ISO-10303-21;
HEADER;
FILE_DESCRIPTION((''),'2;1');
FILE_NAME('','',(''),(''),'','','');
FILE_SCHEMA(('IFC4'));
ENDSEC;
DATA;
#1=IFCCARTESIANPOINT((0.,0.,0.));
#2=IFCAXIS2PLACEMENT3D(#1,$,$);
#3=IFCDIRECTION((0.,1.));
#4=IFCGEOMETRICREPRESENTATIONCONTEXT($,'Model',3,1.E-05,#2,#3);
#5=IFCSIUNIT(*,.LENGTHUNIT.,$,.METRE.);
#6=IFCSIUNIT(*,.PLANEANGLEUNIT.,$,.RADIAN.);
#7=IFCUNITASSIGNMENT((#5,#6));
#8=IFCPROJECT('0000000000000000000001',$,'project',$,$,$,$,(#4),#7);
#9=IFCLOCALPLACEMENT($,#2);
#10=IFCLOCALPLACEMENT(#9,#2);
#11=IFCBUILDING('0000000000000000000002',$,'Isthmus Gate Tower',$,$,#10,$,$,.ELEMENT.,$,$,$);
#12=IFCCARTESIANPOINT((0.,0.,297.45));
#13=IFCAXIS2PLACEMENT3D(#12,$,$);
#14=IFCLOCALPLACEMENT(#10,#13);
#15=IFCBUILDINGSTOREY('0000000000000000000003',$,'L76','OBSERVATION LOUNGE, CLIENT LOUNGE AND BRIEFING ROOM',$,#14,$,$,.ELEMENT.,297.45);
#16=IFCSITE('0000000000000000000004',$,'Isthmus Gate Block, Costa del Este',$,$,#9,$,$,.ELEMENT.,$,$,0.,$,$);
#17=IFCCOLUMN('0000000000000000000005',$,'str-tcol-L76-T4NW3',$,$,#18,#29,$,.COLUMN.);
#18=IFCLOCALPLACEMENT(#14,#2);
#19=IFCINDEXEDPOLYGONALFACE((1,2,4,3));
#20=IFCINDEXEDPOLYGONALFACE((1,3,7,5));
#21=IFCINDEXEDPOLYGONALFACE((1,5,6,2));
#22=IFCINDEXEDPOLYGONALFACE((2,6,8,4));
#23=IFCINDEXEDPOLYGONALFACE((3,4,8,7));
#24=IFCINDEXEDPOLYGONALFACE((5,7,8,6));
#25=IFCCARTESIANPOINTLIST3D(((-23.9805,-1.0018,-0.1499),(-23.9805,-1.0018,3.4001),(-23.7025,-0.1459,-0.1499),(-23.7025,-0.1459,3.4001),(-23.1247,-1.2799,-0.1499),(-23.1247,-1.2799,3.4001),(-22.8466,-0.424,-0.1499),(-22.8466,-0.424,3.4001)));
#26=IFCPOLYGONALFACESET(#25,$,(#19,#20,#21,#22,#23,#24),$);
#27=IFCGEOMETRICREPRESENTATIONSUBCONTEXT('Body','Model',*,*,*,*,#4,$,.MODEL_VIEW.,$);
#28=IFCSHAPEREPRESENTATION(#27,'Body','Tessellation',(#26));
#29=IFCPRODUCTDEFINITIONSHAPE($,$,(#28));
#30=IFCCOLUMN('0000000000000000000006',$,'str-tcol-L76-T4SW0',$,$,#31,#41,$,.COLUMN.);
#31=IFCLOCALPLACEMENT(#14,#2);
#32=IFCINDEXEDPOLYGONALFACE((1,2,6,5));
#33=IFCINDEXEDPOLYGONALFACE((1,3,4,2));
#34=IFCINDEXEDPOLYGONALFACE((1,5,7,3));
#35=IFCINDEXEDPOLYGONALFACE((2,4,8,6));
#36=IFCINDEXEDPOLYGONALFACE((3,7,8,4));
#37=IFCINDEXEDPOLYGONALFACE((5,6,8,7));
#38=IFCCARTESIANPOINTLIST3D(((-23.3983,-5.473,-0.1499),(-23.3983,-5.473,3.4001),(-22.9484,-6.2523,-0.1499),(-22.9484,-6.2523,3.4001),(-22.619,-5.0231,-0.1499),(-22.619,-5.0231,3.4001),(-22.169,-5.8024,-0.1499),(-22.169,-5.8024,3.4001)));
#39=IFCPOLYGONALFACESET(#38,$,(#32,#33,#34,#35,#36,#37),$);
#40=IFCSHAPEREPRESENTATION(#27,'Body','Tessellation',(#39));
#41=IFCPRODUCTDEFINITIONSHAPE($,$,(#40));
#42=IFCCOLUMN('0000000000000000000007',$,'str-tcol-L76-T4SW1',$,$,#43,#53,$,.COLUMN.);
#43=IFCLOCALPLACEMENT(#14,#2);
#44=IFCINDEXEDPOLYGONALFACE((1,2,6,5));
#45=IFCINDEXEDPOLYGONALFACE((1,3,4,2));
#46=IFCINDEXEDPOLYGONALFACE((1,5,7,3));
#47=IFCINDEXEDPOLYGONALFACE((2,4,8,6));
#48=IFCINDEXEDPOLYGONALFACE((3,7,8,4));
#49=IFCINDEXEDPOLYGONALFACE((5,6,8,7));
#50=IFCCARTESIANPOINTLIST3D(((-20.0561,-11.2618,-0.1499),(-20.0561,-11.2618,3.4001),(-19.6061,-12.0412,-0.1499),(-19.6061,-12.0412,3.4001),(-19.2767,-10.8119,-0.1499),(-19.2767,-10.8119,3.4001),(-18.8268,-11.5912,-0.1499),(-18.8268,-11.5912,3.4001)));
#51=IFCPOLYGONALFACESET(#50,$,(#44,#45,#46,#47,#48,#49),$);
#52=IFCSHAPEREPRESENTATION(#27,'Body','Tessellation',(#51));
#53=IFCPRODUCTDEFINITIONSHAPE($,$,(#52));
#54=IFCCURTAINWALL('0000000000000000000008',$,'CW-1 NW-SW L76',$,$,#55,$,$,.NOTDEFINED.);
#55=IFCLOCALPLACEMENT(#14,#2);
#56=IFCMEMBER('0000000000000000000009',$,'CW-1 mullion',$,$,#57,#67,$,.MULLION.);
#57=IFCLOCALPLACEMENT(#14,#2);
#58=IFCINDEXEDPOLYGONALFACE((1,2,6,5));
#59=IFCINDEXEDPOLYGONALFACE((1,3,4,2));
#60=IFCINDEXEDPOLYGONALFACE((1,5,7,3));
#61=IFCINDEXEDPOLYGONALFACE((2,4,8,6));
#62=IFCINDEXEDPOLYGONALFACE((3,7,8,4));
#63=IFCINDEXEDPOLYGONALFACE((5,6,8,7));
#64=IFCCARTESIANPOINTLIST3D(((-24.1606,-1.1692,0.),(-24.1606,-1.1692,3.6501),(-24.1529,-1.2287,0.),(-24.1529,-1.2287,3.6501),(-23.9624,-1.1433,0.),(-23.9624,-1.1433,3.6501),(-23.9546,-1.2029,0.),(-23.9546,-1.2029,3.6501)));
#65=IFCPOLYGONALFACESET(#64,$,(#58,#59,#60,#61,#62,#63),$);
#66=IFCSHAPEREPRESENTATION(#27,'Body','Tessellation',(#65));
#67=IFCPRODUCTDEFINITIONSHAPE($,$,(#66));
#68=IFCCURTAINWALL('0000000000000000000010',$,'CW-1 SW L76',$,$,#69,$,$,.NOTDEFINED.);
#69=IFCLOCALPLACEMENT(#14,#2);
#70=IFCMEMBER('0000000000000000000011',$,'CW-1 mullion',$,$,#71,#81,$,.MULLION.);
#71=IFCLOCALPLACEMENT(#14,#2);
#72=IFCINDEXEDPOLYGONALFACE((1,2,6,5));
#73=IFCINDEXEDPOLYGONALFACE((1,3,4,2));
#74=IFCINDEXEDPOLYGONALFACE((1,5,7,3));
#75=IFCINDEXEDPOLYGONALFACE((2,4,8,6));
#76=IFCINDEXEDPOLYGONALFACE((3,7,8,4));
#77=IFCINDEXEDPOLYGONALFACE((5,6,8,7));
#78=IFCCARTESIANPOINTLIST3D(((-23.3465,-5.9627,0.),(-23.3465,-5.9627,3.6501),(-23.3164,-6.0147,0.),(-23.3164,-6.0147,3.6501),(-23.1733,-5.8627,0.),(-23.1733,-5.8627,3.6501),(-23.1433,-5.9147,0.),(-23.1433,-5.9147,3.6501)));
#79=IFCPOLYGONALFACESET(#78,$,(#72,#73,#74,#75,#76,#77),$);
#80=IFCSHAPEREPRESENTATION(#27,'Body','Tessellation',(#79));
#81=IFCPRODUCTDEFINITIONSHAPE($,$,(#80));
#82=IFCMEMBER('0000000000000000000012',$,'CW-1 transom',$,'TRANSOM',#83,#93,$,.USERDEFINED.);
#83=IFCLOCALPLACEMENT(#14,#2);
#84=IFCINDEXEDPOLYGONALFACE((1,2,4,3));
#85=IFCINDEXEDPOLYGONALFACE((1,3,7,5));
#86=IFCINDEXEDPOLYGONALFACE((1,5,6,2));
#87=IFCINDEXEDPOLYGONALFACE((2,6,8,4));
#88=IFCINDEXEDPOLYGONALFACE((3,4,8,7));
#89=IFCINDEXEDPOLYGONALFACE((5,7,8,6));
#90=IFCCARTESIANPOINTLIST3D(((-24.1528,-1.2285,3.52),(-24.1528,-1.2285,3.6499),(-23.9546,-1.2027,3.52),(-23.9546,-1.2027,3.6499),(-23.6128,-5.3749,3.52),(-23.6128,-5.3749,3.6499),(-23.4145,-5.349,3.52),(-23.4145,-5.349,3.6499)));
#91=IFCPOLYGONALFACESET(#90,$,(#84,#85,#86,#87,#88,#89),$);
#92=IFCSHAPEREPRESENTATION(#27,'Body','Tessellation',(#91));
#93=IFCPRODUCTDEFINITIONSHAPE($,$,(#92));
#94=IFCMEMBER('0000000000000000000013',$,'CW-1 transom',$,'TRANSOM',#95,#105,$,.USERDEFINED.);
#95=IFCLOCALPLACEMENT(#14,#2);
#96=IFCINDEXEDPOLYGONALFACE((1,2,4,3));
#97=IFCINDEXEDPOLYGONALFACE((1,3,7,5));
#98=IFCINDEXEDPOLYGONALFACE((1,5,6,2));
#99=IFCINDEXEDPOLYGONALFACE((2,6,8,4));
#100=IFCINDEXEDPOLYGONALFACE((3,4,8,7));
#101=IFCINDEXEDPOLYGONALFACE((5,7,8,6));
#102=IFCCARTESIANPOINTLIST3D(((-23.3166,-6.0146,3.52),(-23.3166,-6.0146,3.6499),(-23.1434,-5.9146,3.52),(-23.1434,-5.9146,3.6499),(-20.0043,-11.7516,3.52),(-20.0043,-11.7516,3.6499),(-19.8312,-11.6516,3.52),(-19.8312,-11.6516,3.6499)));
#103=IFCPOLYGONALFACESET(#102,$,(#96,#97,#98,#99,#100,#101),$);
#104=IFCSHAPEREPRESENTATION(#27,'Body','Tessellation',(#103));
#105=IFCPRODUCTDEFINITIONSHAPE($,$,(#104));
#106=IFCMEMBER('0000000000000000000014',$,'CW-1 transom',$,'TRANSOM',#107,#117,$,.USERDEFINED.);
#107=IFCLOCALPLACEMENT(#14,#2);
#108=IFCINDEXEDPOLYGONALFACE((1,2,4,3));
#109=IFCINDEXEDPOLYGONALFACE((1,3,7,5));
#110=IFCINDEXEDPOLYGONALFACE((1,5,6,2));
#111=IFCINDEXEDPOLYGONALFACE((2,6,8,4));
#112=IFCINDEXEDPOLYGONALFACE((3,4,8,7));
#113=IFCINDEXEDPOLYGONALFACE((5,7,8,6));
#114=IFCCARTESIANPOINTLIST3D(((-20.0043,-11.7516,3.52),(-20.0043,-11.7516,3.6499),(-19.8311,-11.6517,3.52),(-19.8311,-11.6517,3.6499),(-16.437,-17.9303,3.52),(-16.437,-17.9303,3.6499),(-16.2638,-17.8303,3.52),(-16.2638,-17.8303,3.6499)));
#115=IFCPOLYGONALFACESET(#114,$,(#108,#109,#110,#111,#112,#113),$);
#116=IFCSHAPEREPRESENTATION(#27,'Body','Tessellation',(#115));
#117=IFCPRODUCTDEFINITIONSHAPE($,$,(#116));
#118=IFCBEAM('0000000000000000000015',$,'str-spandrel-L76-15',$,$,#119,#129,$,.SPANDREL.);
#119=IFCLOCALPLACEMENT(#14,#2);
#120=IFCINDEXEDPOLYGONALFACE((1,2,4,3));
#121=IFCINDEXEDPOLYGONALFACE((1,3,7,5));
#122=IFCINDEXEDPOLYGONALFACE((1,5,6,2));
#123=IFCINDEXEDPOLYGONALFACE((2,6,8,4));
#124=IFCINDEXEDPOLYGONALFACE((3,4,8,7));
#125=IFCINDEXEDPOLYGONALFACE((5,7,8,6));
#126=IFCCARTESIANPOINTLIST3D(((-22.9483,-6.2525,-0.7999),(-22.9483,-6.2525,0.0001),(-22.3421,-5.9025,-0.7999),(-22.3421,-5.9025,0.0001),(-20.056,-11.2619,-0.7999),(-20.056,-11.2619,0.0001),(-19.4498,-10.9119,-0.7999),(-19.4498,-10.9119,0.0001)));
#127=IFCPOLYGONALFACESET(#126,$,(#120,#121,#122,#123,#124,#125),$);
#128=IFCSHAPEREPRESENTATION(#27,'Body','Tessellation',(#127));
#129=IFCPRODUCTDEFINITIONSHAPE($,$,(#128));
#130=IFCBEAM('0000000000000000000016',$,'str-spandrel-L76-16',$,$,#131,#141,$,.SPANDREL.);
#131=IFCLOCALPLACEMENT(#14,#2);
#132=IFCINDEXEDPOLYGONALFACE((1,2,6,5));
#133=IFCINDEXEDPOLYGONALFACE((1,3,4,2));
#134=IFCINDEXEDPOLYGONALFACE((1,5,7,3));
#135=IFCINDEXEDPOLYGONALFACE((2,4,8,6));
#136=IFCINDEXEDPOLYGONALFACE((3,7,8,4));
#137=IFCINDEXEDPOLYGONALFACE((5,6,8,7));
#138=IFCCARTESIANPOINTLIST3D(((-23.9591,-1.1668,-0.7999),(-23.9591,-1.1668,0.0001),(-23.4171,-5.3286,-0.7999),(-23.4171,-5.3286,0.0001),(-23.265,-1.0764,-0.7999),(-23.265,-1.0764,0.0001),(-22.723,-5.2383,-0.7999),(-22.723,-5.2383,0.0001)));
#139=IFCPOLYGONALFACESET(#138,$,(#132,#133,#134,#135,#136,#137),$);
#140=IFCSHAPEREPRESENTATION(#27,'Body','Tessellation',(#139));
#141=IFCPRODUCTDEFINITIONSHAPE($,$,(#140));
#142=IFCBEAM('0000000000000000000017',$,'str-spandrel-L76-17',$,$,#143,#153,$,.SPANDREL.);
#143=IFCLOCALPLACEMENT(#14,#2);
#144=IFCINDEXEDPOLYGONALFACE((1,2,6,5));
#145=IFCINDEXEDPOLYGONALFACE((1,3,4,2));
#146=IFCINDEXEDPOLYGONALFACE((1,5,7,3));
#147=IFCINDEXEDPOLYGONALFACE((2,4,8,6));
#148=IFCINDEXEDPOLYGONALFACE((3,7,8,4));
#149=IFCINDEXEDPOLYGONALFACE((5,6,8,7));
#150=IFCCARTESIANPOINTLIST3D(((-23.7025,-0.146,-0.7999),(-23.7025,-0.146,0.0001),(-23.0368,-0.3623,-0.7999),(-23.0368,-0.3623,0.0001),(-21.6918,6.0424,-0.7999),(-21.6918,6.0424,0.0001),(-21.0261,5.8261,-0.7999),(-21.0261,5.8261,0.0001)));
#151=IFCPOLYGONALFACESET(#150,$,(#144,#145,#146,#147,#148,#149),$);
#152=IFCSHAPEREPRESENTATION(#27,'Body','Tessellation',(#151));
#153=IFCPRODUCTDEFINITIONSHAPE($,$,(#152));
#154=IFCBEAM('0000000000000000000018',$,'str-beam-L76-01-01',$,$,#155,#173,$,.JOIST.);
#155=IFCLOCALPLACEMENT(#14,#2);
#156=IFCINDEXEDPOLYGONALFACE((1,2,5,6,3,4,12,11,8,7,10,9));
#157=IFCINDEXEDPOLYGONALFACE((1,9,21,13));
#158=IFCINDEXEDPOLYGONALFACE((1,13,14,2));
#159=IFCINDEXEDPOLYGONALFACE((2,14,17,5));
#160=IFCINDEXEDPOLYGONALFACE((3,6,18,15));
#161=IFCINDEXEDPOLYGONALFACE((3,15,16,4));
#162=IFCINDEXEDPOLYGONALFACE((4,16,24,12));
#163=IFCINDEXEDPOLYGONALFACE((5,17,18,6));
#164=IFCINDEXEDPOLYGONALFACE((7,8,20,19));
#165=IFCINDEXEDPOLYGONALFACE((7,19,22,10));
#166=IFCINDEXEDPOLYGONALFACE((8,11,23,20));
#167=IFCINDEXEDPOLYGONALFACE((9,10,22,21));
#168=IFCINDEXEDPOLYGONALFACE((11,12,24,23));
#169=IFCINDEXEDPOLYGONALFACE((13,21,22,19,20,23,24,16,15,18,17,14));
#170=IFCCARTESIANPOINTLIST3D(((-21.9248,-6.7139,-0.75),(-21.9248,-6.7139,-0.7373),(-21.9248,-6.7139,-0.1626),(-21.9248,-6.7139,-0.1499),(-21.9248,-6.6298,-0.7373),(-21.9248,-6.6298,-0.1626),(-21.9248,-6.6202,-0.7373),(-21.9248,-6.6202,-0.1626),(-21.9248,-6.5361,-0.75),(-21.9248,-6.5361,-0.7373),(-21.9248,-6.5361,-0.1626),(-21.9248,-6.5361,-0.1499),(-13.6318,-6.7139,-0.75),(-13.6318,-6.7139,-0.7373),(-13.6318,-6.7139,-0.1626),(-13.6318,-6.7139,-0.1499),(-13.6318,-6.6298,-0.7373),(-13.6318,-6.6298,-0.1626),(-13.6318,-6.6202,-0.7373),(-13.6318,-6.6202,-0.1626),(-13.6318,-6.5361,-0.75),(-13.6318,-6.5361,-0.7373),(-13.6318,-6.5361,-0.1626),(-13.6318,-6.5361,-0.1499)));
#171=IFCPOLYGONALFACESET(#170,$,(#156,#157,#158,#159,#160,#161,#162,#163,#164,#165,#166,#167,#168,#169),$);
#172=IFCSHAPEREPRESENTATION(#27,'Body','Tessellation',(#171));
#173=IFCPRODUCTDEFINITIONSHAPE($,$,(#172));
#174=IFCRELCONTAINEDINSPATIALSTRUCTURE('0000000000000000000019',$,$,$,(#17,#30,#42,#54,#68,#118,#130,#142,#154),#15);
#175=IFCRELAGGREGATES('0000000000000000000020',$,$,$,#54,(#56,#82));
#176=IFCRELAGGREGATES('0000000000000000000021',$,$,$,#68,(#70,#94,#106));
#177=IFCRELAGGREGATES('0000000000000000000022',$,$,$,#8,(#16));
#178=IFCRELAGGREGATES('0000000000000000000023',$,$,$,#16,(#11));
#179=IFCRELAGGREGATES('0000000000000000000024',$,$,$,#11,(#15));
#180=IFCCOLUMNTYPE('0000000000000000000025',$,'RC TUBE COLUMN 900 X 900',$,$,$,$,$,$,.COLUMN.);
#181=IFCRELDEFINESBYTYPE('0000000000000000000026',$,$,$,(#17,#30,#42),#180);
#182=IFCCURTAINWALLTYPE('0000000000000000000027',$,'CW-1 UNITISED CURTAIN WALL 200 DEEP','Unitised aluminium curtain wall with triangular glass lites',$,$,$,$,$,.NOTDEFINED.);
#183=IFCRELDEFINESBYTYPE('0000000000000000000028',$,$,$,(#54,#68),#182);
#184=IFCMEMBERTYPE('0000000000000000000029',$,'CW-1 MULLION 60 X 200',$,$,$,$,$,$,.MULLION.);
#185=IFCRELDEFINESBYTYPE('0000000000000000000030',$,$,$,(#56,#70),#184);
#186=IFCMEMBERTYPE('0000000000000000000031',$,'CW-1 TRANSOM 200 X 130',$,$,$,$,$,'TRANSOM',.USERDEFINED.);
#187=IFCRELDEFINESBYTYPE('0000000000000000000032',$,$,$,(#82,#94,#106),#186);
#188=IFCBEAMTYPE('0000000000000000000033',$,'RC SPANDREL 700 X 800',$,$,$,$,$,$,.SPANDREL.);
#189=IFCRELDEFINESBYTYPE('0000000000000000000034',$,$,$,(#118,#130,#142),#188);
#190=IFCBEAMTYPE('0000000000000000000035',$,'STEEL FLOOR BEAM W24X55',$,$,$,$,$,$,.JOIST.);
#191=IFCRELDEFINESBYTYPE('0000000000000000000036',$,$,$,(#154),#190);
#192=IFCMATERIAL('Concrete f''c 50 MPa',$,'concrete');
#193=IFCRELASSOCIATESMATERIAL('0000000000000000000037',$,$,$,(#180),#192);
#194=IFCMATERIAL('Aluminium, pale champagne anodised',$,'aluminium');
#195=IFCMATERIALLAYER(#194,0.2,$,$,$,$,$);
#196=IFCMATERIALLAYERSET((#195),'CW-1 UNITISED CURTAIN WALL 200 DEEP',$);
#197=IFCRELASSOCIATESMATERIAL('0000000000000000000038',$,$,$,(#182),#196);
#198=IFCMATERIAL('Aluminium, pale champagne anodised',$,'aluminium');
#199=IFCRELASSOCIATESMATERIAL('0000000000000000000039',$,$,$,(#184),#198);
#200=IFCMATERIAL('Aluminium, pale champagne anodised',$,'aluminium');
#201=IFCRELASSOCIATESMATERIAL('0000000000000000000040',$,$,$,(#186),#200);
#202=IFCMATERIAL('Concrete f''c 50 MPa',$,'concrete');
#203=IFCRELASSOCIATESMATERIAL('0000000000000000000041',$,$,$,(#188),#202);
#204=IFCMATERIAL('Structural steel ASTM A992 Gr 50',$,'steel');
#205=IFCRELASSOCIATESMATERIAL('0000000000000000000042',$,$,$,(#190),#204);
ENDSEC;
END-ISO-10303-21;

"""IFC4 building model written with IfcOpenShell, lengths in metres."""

from ifc_helpers import new_model, si_unit, direction, frame, origin, origin_2d, place, context, subcontext, project, spatial, rectangle, i_section, extrude, material, layer, layer_set, material_profile, profile_set, type_object, element, aggregate, save


model = new_model("IFC4")

# Units and contexts
model_context = context("Model", 3, precision=1e-05, world=origin(), true_north=direction((0.0, 1.0)))
body_context = subcontext(model_context, "Body", "Model", "MODEL_VIEW")
ifc_project = project(units=[si_unit("LENGTHUNIT", "METRE"), si_unit("PLANEANGLEUNIT", "RADIAN")], contexts=[model_context])

# Site, building, storey
site_placement = place(None, origin())
site = spatial("IfcSite", under=ifc_project, at=site_placement, Name="Isthmus Gate Block, Costa del Este", CompositionType="ELEMENT", RefElevation=0.0)
building_placement = place(site_placement, origin())
building = spatial("IfcBuilding", under=site, at=building_placement, Name="Isthmus Gate Tower", CompositionType="ELEMENT")
storey_placement = place(building_placement, frame((0.0, 0.0, 297.45)))
storey = spatial("IfcBuildingStorey", under=building, at=storey_placement, Name="L76", Description="OBSERVATION LOUNGE, CLIENT LOUNGE AND BRIEFING ROOM", CompositionType="ELEMENT", Elevation=297.45)

# Columns
ifc_material_1 = material(Name="Concrete f'c 50 MPa", Category="concrete")
ifc_material_profile_1 = material_profile(ifc_material_1, rectangle(XDim=0.8999, YDim=0.8999, at=origin_2d()), Name="RC 900X900")
ifc_profile_set_1 = profile_set([ifc_material_profile_1], Name="Concrete f'c 50 MPa")
column_type = type_object("IfcColumnType", Name="RC TUBE COLUMN 900 X 900", PredefinedType="COLUMN", material=ifc_profile_set_1)
for number, where, z_axis, x_axis, name in (
    (1, (-23.4136, -0.7129, -0.1499), (0.0, 0.0, 1.0), (-0.309017, -0.951057, 0.0), "str-tcol-L76-T4NW3"),
    (2, (-22.7837, -5.6377, -0.1499), (0.0, 0.0, 1.0), (0.5, -0.866025, 0.0), "str-tcol-L76-T4SW0"),
    (3, (-19.4414, -11.4265, -0.1499), (0.0, 0.0, 1.0), (0.5, -0.866025, 0.0), "str-tcol-L76-T4SW1"),
):
    element("IfcColumn", number, at=place(storey_placement, frame(where, z_axis=z_axis, x_axis=x_axis)), inside=storey, type_object=column_type, Name=name, PredefinedType="COLUMN", context=body_context, shape_type="SweptSolid", body=[
        extrude(rectangle(XDim=0.8999, YDim=0.8999, at=origin_2d()), origin(), (0.0, 0.0, 1.0), 3.55),
    ])

# Curtain walls, members
ifc_material_2 = material(Name="Aluminium, pale champagne anodised", Category="aluminium")
ifc_layer_1 = layer(ifc_material_2, 0.2)
ifc_layer_set_1 = layer_set([ifc_layer_1], Name="CW-1 UNITISED CURTAIN WALL 200 DEEP")
curtain_wall_type = type_object("IfcCurtainWallType", Name="CW-1 UNITISED CURTAIN WALL 200 DEEP", Description="Unitised aluminium curtain wall with triangular glass lites", PredefinedType="NOTDEFINED", material=ifc_layer_set_1)
curtain_wall_1_placement = place(storey_placement, origin())
curtain_wall_1 = element("IfcCurtainWall", 4, at=curtain_wall_1_placement, inside=storey, type_object=curtain_wall_type, Name="CW-1 NW-SW L76", PredefinedType="NOTDEFINED")
ifc_material_3 = material(Name="Aluminium, pale champagne anodised", Category="aluminium")
ifc_material_profile_2 = material_profile(ifc_material_3, rectangle(XDim=0.0601, YDim=0.2, at=origin_2d()), Name="60x200")
ifc_profile_set_2 = profile_set([ifc_material_profile_2], Name="Aluminium, pale champagne anodised")
member_type_1 = type_object("IfcMemberType", Name="CW-1 MULLION 60 X 200", PredefinedType="MULLION", material=ifc_profile_set_2)
member_1_placement = place(storey_placement, frame((-24.0576, -1.186, 0.0), z_axis=(0.0, 0.0, 1.0), x_axis=(0.129165, -0.991623, 0.0)))
member_1 = element("IfcMember", 5, at=member_1_placement, type_object=member_type_1, Name="CW-1 mullion", PredefinedType="MULLION", context=body_context, shape_type="SweptSolid", body=[
    extrude(rectangle(XDim=0.0601, YDim=0.2, at=origin_2d()), origin(), (0.0, 0.0, 1.0), 3.6501),
])
curtain_wall_2_placement = place(storey_placement, origin())
curtain_wall_2 = element("IfcCurtainWall", 6, at=curtain_wall_2_placement, inside=storey, type_object=curtain_wall_type, Name="CW-1 SW L76", PredefinedType="NOTDEFINED")
member_2_placement = place(storey_placement, frame((-23.2449, -5.9387, 0.0), z_axis=(0.0, 0.0, 1.0), x_axis=(0.5, -0.866025, 0.0)))
member_2 = element("IfcMember", 7, at=member_2_placement, type_object=member_type_1, Name="CW-1 mullion", PredefinedType="MULLION", context=body_context, shape_type="SweptSolid", body=[
    extrude(rectangle(XDim=0.0601, YDim=0.2, at=origin_2d()), origin(), (0.0, 0.0, 1.0), 3.6501),
])

# Members
ifc_material_4 = material(Name="Aluminium, pale champagne anodised", Category="aluminium")
ifc_material_profile_3 = material_profile(ifc_material_4, rectangle(XDim=0.2, YDim=0.1299, at=origin_2d()), Name="200x130")
ifc_profile_set_3 = profile_set([ifc_material_profile_3], Name="Aluminium, pale champagne anodised")
member_type_2 = type_object("IfcMemberType", Name="CW-1 TRANSOM 200 X 130", ElementType="TRANSOM", PredefinedType="USERDEFINED", material=ifc_profile_set_3)
member_3_placement = place(storey_placement, frame((-24.0537, -1.2156, 3.585), z_axis=(0.129149, -0.991625, 0.0), x_axis=(0.991625, 0.129149, 0.0)))
member_3 = element("IfcMember", 8, at=member_3_placement, type_object=member_type_2, Name="CW-1 transom", ObjectType="TRANSOM", PredefinedType="USERDEFINED", context=body_context, shape_type="SweptSolid", body=[
    extrude(rectangle(XDim=0.2, YDim=0.1299, at=origin_2d()), origin(), (0.0, 0.0, 1.0), 4.1814),
])
member_4_placement = place(storey_placement, frame((-23.23, -5.9646, 3.585), z_axis=(0.499996, -0.866028, 0.0), x_axis=(0.866028, 0.499996, 0.0)))
member_4 = element("IfcMember", 9, at=member_4_placement, type_object=member_type_2, Name="CW-1 transom", ObjectType="TRANSOM", PredefinedType="USERDEFINED", context=body_context, shape_type="SweptSolid", body=[
    extrude(rectangle(XDim=0.2, YDim=0.1299, at=origin_2d()), origin(), (0.0, 0.0, 1.0), 6.6245),
])
member_5_placement = place(storey_placement, frame((-19.9177, -11.7017, 3.585), z_axis=(0.500011, -0.866019, 0.0), x_axis=(0.866019, 0.500011, 0.0)))
member_5 = element("IfcMember", 10, at=member_5_placement, type_object=member_type_2, Name="CW-1 transom", ObjectType="TRANSOM", PredefinedType="USERDEFINED", context=body_context, shape_type="SweptSolid", body=[
    extrude(rectangle(XDim=0.2, YDim=0.1299, at=origin_2d()), origin(), (0.0, 0.0, 1.0), 7.1345),
])

# Beams
ifc_material_5 = material(Name="Concrete f'c 50 MPa", Category="concrete")
ifc_material_profile_4 = material_profile(ifc_material_5, rectangle(XDim=0.7, YDim=0.8, at=origin_2d()), Name="RC 700X800")
ifc_profile_set_4 = profile_set([ifc_material_profile_4], Name="Concrete f'c 50 MPa")
beam_type_1 = type_object("IfcBeamType", Name="RC SPANDREL 700 X 800", PredefinedType="SPANDREL", material=ifc_profile_set_4)
beam_1_placement = place(storey_placement, frame((-19.7529, -11.0869, -0.3999), z_axis=(-0.500011, 0.866019, 0.0), x_axis=(-0.866019, -0.500011, 0.0)))
element("IfcBeam", 11, at=beam_1_placement, inside=storey, type_object=beam_type_1, Name="str-spandrel-L76-15", PredefinedType="SPANDREL", context=body_context, shape_type="SweptSolid", body=[
    extrude(rectangle(XDim=0.7, YDim=0.8, at=origin_2d()), origin(), (0.0, 0.0, 1.0), 5.7844),
])
beam_2_placement = place(storey_placement, frame((-23.0701, -5.2834, -0.3999), z_axis=(-0.129138, 0.991627, 0.0), x_axis=(-0.991627, -0.129138, 0.0)))
element("IfcBeam", 12, at=beam_2_placement, inside=storey, type_object=beam_type_1, Name="str-spandrel-L76-16", PredefinedType="SPANDREL", context=body_context, shape_type="SweptSolid", body=[
    extrude(rectangle(XDim=0.7, YDim=0.8, at=origin_2d()), origin(), (0.0, 0.0, 1.0), 4.197),
])
beam_3_placement = place(storey_placement, frame((-23.3696, -0.2542, -0.3999), z_axis=(0.309015, 0.951057, 0.0), x_axis=(-0.951057, 0.309015, 0.0)))
element("IfcBeam", 13, at=beam_3_placement, inside=storey, type_object=beam_type_1, Name="str-spandrel-L76-17", PredefinedType="SPANDREL", context=body_context, shape_type="SweptSolid", body=[
    extrude(rectangle(XDim=0.7, YDim=0.8, at=origin_2d()), origin(), (0.0, 0.0, 1.0), 6.5068),
])
ifc_material_6 = material(Name="Structural steel ASTM A992 Gr 50", Category="steel")
ifc_material_profile_5 = material_profile(ifc_material_6, i_section(OverallWidth=0.1777, OverallDepth=0.6001, WebThickness=0.0095, FlangeThickness=0.0127, at=origin_2d()), Name="W24X55")
ifc_profile_set_5 = profile_set([ifc_material_profile_5], Name="Structural steel ASTM A992 Gr 50")
beam_type_2 = type_object("IfcBeamType", Name="STEEL FLOOR BEAM W24X55", PredefinedType="JOIST", material=ifc_profile_set_5)
beam_4_placement = place(storey_placement, frame((-21.9248, -6.625, -0.45), z_axis=(1.0, 0.0, 0.0), x_axis=(0.0, 1.0, 0.0)))
element("IfcBeam", 14, at=beam_4_placement, inside=storey, type_object=beam_type_2, Name="str-beam-L76-01-01", PredefinedType="JOIST", context=body_context, shape_type="SweptSolid", body=[
    extrude(i_section(OverallWidth=0.1777, OverallDepth=0.6001, WebThickness=0.0095, FlangeThickness=0.0127, at=origin_2d()), origin(), (0.0, 0.0, 1.0), 8.293),
])

aggregate(curtain_wall_1, [member_1, member_3])
aggregate(curtain_wall_2, [member_2, member_4, member_5])

save(model, "model.ifc")
